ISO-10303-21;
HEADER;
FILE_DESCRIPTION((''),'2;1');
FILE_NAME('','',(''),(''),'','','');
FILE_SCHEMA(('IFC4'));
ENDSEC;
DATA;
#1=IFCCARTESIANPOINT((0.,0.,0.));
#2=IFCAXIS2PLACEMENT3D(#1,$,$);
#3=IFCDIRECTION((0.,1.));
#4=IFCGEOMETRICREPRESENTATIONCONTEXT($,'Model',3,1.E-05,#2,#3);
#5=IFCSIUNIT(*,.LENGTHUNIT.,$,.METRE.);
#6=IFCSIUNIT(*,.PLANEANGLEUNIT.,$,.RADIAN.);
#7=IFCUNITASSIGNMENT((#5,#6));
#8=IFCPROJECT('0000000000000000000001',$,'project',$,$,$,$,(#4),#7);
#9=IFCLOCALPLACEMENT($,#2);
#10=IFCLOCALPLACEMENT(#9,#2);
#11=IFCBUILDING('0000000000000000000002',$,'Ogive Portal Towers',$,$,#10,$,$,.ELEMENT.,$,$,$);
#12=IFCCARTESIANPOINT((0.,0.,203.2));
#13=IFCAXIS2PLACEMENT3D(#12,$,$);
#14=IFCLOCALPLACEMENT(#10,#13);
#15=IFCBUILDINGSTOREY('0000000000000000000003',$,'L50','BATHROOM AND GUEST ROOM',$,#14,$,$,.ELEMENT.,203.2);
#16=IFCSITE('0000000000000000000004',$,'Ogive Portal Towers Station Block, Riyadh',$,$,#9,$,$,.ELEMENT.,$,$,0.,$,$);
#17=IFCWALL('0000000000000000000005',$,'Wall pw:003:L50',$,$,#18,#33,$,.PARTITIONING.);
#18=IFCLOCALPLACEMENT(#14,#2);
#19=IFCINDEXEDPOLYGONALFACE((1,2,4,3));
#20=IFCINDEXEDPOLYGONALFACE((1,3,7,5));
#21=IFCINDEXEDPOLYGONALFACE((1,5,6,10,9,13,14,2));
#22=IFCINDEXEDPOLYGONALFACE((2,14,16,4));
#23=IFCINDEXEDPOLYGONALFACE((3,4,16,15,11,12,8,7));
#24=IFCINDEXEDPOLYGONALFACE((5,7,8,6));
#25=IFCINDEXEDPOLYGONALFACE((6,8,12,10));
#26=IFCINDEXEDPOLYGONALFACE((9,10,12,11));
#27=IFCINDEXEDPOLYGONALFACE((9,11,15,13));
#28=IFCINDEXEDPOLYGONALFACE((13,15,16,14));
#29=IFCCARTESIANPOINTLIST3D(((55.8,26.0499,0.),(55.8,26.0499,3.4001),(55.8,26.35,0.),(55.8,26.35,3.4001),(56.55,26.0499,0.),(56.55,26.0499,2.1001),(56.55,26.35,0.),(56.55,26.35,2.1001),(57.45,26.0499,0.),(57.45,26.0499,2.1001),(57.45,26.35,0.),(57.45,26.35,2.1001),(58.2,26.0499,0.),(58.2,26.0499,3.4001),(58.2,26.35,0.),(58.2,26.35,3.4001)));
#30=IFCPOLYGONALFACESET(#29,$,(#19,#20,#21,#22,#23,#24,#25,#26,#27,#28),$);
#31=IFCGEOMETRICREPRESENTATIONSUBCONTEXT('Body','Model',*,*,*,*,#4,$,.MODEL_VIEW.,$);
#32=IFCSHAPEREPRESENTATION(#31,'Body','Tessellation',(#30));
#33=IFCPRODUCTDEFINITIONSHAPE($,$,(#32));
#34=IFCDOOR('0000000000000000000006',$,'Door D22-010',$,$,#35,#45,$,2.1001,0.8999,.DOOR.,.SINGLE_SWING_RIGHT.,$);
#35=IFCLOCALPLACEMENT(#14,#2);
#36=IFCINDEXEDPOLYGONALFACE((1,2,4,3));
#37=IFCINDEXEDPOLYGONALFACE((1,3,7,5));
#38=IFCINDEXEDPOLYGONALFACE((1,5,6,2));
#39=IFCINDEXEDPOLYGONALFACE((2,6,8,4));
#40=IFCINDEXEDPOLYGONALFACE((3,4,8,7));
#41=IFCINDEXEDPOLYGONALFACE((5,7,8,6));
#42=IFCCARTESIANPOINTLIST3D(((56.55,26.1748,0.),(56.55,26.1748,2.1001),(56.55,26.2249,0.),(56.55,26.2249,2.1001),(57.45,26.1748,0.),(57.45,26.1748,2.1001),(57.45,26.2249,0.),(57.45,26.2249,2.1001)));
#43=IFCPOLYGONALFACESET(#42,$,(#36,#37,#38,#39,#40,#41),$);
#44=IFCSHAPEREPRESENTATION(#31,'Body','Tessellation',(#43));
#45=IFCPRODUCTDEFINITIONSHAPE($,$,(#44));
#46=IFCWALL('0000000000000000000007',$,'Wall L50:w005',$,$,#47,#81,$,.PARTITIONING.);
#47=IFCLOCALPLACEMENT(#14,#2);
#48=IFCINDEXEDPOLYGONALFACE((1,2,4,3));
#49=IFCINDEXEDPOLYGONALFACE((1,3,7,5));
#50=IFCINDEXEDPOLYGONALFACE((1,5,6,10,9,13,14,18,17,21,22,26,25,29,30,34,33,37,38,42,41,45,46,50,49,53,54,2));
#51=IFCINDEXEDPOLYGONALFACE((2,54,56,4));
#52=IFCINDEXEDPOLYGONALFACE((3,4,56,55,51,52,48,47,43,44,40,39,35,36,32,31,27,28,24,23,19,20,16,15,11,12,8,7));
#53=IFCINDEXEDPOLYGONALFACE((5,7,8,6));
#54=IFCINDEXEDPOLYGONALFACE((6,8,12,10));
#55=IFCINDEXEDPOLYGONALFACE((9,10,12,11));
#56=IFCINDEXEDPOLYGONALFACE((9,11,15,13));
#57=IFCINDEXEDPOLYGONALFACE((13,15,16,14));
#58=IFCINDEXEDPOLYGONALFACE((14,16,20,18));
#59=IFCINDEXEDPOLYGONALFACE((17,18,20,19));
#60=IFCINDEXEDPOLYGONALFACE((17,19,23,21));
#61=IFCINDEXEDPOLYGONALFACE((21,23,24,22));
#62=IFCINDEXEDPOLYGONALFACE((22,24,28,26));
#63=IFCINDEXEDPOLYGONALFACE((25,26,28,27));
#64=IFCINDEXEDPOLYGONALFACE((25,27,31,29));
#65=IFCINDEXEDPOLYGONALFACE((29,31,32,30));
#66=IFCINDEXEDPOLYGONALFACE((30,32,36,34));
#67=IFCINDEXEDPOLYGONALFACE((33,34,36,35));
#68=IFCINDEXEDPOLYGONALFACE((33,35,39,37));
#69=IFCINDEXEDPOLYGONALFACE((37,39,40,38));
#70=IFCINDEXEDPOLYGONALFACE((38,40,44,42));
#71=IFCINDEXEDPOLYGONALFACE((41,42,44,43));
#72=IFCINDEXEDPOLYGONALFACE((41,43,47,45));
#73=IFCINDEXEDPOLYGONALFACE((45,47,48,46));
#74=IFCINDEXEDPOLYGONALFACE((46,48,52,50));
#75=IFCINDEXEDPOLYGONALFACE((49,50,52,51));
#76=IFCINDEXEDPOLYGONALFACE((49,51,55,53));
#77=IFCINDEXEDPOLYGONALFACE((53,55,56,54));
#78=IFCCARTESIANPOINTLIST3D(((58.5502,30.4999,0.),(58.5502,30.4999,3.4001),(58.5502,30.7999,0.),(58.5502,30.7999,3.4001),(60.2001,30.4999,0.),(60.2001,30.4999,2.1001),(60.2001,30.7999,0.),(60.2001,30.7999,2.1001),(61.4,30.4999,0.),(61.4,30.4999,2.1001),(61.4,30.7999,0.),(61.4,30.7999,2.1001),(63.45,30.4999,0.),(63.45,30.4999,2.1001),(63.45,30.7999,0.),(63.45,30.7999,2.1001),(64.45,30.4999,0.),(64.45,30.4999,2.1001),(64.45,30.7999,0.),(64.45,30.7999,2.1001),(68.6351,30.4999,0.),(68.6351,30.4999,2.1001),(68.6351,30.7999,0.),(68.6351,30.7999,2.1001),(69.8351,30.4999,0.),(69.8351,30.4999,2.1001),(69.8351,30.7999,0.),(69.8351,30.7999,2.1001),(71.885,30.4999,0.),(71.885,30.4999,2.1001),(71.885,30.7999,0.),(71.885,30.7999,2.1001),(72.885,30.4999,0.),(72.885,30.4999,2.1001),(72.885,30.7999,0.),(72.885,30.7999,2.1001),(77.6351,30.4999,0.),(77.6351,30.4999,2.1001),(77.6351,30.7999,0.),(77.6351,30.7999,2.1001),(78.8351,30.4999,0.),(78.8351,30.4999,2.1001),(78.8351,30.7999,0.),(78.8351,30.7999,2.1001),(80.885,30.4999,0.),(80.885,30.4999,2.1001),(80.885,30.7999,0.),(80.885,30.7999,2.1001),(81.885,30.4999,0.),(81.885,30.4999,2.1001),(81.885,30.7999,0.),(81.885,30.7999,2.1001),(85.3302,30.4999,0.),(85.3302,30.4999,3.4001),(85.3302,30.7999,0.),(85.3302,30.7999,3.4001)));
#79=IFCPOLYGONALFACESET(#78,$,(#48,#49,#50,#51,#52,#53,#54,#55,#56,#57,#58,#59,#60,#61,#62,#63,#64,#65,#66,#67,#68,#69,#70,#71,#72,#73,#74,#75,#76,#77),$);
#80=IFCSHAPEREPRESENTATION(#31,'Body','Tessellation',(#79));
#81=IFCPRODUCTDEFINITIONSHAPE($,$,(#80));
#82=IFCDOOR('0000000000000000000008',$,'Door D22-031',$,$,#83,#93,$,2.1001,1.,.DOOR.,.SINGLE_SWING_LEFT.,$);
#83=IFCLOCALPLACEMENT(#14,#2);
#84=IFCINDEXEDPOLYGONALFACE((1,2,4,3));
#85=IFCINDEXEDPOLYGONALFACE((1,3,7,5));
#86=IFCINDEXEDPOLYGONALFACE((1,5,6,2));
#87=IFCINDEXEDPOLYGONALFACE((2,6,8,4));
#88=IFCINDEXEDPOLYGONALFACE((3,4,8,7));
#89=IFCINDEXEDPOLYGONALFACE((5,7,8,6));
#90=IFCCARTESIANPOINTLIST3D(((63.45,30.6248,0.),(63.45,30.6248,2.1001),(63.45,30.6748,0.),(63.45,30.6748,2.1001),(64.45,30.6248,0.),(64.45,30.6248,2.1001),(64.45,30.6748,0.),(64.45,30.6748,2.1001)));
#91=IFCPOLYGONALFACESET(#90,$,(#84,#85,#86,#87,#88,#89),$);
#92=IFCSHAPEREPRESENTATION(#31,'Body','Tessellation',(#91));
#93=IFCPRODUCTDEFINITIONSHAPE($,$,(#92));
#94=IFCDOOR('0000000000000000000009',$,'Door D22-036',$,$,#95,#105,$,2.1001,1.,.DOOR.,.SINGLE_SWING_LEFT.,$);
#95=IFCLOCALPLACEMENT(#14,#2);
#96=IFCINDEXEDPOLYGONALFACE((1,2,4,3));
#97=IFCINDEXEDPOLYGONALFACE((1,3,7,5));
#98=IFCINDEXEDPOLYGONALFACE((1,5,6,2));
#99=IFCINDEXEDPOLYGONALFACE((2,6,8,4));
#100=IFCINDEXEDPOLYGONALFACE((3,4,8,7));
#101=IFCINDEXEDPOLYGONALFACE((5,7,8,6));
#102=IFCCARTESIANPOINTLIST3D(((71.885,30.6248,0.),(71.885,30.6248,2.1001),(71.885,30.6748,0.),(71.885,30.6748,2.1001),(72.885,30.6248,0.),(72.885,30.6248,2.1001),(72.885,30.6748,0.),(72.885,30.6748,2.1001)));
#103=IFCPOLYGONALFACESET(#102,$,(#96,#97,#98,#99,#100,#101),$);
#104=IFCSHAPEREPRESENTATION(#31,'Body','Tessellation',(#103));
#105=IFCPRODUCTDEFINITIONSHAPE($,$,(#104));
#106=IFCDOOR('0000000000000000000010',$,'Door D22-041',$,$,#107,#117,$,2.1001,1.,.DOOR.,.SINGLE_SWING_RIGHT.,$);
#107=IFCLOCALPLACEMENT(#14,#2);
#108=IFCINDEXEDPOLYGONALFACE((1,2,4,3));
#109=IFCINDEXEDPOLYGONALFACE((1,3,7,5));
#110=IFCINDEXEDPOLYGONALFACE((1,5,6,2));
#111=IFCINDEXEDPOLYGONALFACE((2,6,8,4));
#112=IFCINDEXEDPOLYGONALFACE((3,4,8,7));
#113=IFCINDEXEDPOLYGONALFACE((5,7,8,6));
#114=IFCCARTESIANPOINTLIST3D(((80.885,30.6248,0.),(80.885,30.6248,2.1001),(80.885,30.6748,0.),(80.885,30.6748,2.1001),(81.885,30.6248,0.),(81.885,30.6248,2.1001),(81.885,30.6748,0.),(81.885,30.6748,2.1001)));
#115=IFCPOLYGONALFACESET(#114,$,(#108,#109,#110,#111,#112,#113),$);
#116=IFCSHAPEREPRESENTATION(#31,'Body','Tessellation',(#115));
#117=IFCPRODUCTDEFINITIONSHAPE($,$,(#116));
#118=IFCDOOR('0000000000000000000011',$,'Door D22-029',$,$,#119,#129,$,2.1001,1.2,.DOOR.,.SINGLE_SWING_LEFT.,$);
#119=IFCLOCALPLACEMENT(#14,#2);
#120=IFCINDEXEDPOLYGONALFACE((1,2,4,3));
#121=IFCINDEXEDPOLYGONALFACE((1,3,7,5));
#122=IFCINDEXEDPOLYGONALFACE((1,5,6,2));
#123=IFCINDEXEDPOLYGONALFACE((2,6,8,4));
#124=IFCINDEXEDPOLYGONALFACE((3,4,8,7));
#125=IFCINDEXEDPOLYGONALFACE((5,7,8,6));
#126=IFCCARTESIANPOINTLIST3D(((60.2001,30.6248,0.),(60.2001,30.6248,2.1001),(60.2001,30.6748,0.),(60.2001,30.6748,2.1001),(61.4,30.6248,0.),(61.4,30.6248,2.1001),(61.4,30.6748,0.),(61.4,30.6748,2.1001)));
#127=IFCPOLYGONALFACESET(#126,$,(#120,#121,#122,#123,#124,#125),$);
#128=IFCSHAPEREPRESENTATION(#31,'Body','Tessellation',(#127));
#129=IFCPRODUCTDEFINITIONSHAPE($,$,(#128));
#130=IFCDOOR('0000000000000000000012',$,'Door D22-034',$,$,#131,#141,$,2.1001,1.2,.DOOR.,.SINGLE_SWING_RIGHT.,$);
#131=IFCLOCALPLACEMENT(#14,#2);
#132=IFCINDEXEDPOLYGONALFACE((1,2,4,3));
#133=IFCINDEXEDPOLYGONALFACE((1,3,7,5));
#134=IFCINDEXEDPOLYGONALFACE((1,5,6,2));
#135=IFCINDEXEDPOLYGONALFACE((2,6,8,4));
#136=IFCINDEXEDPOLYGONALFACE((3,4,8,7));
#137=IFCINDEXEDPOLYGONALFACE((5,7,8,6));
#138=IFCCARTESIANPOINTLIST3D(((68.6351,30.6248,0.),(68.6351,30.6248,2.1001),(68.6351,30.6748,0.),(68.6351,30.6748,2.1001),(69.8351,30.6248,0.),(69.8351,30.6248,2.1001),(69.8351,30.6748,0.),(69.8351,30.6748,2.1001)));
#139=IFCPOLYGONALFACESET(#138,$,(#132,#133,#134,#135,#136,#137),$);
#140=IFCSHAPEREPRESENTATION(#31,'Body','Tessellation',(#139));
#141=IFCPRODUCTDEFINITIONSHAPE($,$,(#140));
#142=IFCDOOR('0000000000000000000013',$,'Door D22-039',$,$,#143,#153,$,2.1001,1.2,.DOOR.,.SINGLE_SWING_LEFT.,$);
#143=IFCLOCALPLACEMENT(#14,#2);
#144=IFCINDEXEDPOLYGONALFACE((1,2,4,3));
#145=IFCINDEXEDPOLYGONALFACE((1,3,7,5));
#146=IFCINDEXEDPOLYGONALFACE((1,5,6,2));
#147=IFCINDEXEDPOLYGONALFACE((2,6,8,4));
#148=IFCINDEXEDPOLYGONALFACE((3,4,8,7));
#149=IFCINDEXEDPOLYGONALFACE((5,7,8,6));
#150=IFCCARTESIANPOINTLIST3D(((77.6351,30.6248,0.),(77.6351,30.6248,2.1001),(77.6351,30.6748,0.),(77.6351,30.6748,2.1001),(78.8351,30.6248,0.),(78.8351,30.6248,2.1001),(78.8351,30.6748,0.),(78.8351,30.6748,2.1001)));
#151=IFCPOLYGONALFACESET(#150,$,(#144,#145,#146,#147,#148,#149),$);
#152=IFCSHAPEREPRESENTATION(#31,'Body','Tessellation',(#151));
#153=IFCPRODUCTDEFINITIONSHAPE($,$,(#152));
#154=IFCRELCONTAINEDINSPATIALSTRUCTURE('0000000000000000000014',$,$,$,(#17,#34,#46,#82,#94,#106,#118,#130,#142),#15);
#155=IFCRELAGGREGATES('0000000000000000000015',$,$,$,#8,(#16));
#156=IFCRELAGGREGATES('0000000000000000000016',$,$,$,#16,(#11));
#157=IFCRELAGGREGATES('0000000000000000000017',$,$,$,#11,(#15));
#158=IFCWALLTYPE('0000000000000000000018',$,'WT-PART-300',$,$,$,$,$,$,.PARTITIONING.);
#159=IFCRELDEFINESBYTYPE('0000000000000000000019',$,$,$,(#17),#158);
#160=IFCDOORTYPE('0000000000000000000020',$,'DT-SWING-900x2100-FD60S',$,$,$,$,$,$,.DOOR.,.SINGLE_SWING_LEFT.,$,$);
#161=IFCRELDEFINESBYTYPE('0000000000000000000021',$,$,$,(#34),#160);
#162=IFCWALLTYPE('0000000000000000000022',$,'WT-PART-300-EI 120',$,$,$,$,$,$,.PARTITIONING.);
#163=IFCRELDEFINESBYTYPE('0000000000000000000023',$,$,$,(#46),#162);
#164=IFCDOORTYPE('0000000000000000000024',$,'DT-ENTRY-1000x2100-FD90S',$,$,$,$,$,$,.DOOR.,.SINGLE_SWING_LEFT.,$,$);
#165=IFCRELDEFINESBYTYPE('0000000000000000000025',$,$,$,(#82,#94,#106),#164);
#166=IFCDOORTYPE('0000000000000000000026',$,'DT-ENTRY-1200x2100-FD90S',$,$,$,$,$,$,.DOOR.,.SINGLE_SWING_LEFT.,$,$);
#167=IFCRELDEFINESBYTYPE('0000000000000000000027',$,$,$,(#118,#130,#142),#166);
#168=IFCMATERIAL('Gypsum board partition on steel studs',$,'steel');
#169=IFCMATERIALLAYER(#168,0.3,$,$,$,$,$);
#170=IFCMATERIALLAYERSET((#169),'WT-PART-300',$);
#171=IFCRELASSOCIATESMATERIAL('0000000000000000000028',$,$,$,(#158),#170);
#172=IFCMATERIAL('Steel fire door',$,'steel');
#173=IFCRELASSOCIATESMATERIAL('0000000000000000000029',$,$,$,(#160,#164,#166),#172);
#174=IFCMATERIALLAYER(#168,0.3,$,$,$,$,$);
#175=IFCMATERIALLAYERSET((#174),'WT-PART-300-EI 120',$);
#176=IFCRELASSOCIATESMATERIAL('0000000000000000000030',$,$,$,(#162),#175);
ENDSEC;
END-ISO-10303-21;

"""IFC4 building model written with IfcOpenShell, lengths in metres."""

from ifc_helpers import new_model, si_unit, direction, frame, frame_2d, origin, place, context, subcontext, project, spatial, rectangle, extrude, material, layer, layer_set, type_object, element, fill, save


model = new_model("IFC4")

# Units and contexts
model_context = context("Model", 3, precision=1e-05, world=origin(), true_north=direction((0.0, 1.0)))
body_context = subcontext(model_context, "Body", "Model", "MODEL_VIEW")
ifc_project = project(units=[si_unit("LENGTHUNIT", "METRE"), si_unit("PLANEANGLEUNIT", "RADIAN")], contexts=[model_context])

# Site, building, storey
site_placement = place(None, origin())
site = spatial("IfcSite", under=ifc_project, at=site_placement, Name="Ogive Portal Towers Station Block, Riyadh", CompositionType="ELEMENT", RefElevation=0.0)
building_placement = place(site_placement, origin())
building = spatial("IfcBuilding", under=site, at=building_placement, Name="Ogive Portal Towers", CompositionType="ELEMENT")
storey_placement = place(building_placement, frame((0.0, 0.0, 203.2)))
storey = spatial("IfcBuildingStorey", under=building, at=storey_placement, Name="L50", Description="BATHROOM AND GUEST ROOM", CompositionType="ELEMENT", Elevation=203.2)

# Wall, opening, door
ifc_material_1 = material(Name="Gypsum board partition on steel studs", Category="steel")
ifc_layer_1 = layer(ifc_material_1, 0.3)
ifc_layer_set_1 = layer_set([ifc_layer_1], Name="WT-PART-300")
wall_type_1 = type_object("IfcWallType", Name="WT-PART-300", PredefinedType="PARTITIONING", material=ifc_layer_set_1)
wall_1_placement = place(storey_placement, frame((55.8, 26.2, 0.0), z_axis=(0.0, 0.0, 1.0), x_axis=(1.0, 0.0, 0.0)))
wall_1 = element("IfcWall", 1, at=wall_1_placement, inside=storey, type_object=wall_type_1, Name="Wall pw:003:L50", PredefinedType="PARTITIONING", context=body_context, shape_type="SweptSolid", body=[
    extrude(rectangle(XDim=2.3999, YDim=0.3, at=frame_2d((1.2, 0.0))), origin(), (0.0, 0.0, 1.0), 3.4001),
])
opening_1_placement = place(wall_1_placement, frame((0.75, 0.0, 0.0)))
opening_1 = element("IfcOpeningElement", 2, at=opening_1_placement, cuts=wall_1, PredefinedType="OPENING", context=body_context, shape_type="SweptSolid", body=[
    extrude(rectangle(XDim=0.8999, YDim=2.1001, at=frame_2d((0.45, 1.05))), frame((0.0, 0.1602, 0.0), z_axis=(0.0, -1.0, 0.0), x_axis=(1.0, 0.0, 0.0)), (0.0, 0.0, 1.0), 0.3201),
])
ifc_material_2 = material(Name="Steel fire door", Category="steel")
door_type_1 = type_object("IfcDoorType", Name="DT-SWING-900x2100-FD60S", OperationType="SINGLE_SWING_LEFT", PredefinedType="DOOR", material=ifc_material_2)
door_1_placement = place(opening_1_placement, origin())
door_1 = element("IfcDoor", 3, at=door_1_placement, inside=storey, type_object=door_type_1, Name="Door D22-010", OperationType="SINGLE_SWING_RIGHT", OverallHeight=2.1001, OverallWidth=0.8999, PredefinedType="DOOR", context=body_context, shape_type="SweptSolid", body=[
    extrude(rectangle(XDim=0.8999, YDim=2.1001, at=frame_2d((0.45, 1.05))), frame((0.0, 0.0249, 0.0), z_axis=(0.0, -1.0, 0.0), x_axis=(1.0, 0.0, 0.0)), (0.0, 0.0, 1.0), 0.05),
])
fill(opening_1, door_1)

# Wall, openings, doors
ifc_layer_2 = layer(ifc_material_1, 0.3)
ifc_layer_set_2 = layer_set([ifc_layer_2], Name="WT-PART-300-EI 120")
wall_type_2 = type_object("IfcWallType", Name="WT-PART-300-EI 120", PredefinedType="PARTITIONING", material=ifc_layer_set_2)
wall_2_placement = place(storey_placement, frame((58.55, 30.6499, 0.0), z_axis=(0.0, 0.0, 1.0), x_axis=(1.0, 0.0, 0.0)))
wall_2 = element("IfcWall", 4, at=wall_2_placement, inside=storey, type_object=wall_type_2, Name="Wall L50:w005", PredefinedType="PARTITIONING", context=body_context, shape_type="SweptSolid", body=[
    extrude(rectangle(XDim=26.78, YDim=0.3, at=frame_2d((13.3901, 0.0))), origin(), (0.0, 0.0, 1.0), 3.4001),
])
opening_2_placement = place(wall_2_placement, frame((1.6499, 0.0, 0.0)))
opening_2 = element("IfcOpeningElement", 5, at=opening_2_placement, cuts=wall_2, PredefinedType="OPENING", context=body_context, shape_type="SweptSolid", body=[
    extrude(rectangle(XDim=1.2, YDim=2.1001, at=frame_2d((0.6001, 1.05))), frame((0.0, 0.1602, 0.0), z_axis=(0.0, -1.0, 0.0), x_axis=(1.0, 0.0, 0.0)), (0.0, 0.0, 1.0), 0.3201),
])
opening_3_placement = place(wall_2_placement, frame((4.8999, 0.0, 0.0)))
opening_3 = element("IfcOpeningElement", 6, at=opening_3_placement, cuts=wall_2, PredefinedType="OPENING", context=body_context, shape_type="SweptSolid", body=[
    extrude(rectangle(XDim=1.0, YDim=2.1001, at=frame_2d((0.5, 1.05))), frame((0.0, 0.1602, 0.0), z_axis=(0.0, -1.0, 0.0), x_axis=(1.0, 0.0, 0.0)), (0.0, 0.0, 1.0), 0.3201),
])
opening_4_placement = place(wall_2_placement, frame((10.085, 0.0, 0.0)))
opening_4 = element("IfcOpeningElement", 7, at=opening_4_placement, cuts=wall_2, PredefinedType="OPENING", context=body_context, shape_type="SweptSolid", body=[
    extrude(rectangle(XDim=1.2, YDim=2.1001, at=frame_2d((0.6001, 1.05))), frame((0.0, 0.1602, 0.0), z_axis=(0.0, -1.0, 0.0), x_axis=(1.0, 0.0, 0.0)), (0.0, 0.0, 1.0), 0.3201),
])
opening_5_placement = place(wall_2_placement, frame((13.335, 0.0, 0.0)))
opening_5 = element("IfcOpeningElement", 8, at=opening_5_placement, cuts=wall_2, PredefinedType="OPENING", context=body_context, shape_type="SweptSolid", body=[
    extrude(rectangle(XDim=1.0, YDim=2.1001, at=frame_2d((0.5, 1.05))), frame((0.0, 0.1602, 0.0), z_axis=(0.0, -1.0, 0.0), x_axis=(1.0, 0.0, 0.0)), (0.0, 0.0, 1.0), 0.3201),
])
opening_6_placement = place(wall_2_placement, frame((19.085, 0.0, 0.0)))
opening_6 = element("IfcOpeningElement", 9, at=opening_6_placement, cuts=wall_2, PredefinedType="OPENING", context=body_context, shape_type="SweptSolid", body=[
    extrude(rectangle(XDim=1.2, YDim=2.1001, at=frame_2d((0.6001, 1.05))), frame((0.0, 0.1602, 0.0), z_axis=(0.0, -1.0, 0.0), x_axis=(1.0, 0.0, 0.0)), (0.0, 0.0, 1.0), 0.3201),
])
opening_7_placement = place(wall_2_placement, frame((22.335, 0.0, 0.0)))
opening_7 = element("IfcOpeningElement", 10, at=opening_7_placement, cuts=wall_2, PredefinedType="OPENING", context=body_context, shape_type="SweptSolid", body=[
    extrude(rectangle(XDim=1.0, YDim=2.1001, at=frame_2d((0.5, 1.05))), frame((0.0, 0.1602, 0.0), z_axis=(0.0, -1.0, 0.0), x_axis=(1.0, 0.0, 0.0)), (0.0, 0.0, 1.0), 0.3201),
])
door_type_2 = type_object("IfcDoorType", Name="DT-ENTRY-1000x2100-FD90S", OperationType="SINGLE_SWING_LEFT", PredefinedType="DOOR", material=ifc_material_2)
door_2_placement = place(opening_3_placement, origin())
door_2 = element("IfcDoor", 11, at=door_2_placement, inside=storey, type_object=door_type_2, Name="Door D22-031", OperationType="SINGLE_SWING_LEFT", OverallHeight=2.1001, OverallWidth=1.0, PredefinedType="DOOR", context=body_context, shape_type="SweptSolid", body=[
    extrude(rectangle(XDim=1.0, YDim=2.1001, at=frame_2d((0.5, 1.05))), frame((0.0, 0.0249, 0.0), z_axis=(0.0, -1.0, 0.0), x_axis=(1.0, 0.0, 0.0)), (0.0, 0.0, 1.0), 0.05),
])
fill(opening_3, door_2)
door_3_placement = place(opening_5_placement, origin())
door_3 = element("IfcDoor", 12, at=door_3_placement, inside=storey, type_object=door_type_2, Name="Door D22-036", OperationType="SINGLE_SWING_LEFT", OverallHeight=2.1001, OverallWidth=1.0, PredefinedType="DOOR", context=body_context, shape_type="SweptSolid", body=[
    extrude(rectangle(XDim=1.0, YDim=2.1001, at=frame_2d((0.5, 1.05))), frame((0.0, 0.0249, 0.0), z_axis=(0.0, -1.0, 0.0), x_axis=(1.0, 0.0, 0.0)), (0.0, 0.0, 1.0), 0.05),
])
fill(opening_5, door_3)
door_4_placement = place(opening_7_placement, origin())
door_4 = element("IfcDoor", 13, at=door_4_placement, inside=storey, type_object=door_type_2, Name="Door D22-041", OperationType="SINGLE_SWING_RIGHT", OverallHeight=2.1001, OverallWidth=1.0, PredefinedType="DOOR", context=body_context, shape_type="SweptSolid", body=[
    extrude(rectangle(XDim=1.0, YDim=2.1001, at=frame_2d((0.5, 1.05))), frame((0.0, 0.0249, 0.0), z_axis=(0.0, -1.0, 0.0), x_axis=(1.0, 0.0, 0.0)), (0.0, 0.0, 1.0), 0.05),
])
fill(opening_7, door_4)
door_type_3 = type_object("IfcDoorType", Name="DT-ENTRY-1200x2100-FD90S", OperationType="SINGLE_SWING_LEFT", PredefinedType="DOOR", material=ifc_material_2)
door_5_placement = place(opening_2_placement, origin())
door_5 = element("IfcDoor", 14, at=door_5_placement, inside=storey, type_object=door_type_3, Name="Door D22-029", OperationType="SINGLE_SWING_LEFT", OverallHeight=2.1001, OverallWidth=1.2, PredefinedType="DOOR", context=body_context, shape_type="SweptSolid", body=[
    extrude(rectangle(XDim=1.2, YDim=2.1001, at=frame_2d((0.6001, 1.05))), frame((0.0, 0.0249, 0.0), z_axis=(0.0, -1.0, 0.0), x_axis=(1.0, 0.0, 0.0)), (0.0, 0.0, 1.0), 0.05),
])
fill(opening_2, door_5)
door_6_placement = place(opening_4_placement, origin())
door_6 = element("IfcDoor", 15, at=door_6_placement, inside=storey, type_object=door_type_3, Name="Door D22-034", OperationType="SINGLE_SWING_RIGHT", OverallHeight=2.1001, OverallWidth=1.2, PredefinedType="DOOR", context=body_context, shape_type="SweptSolid", body=[
    extrude(rectangle(XDim=1.2, YDim=2.1001, at=frame_2d((0.6001, 1.05))), frame((0.0, 0.0249, 0.0), z_axis=(0.0, -1.0, 0.0), x_axis=(1.0, 0.0, 0.0)), (0.0, 0.0, 1.0), 0.05),
])
fill(opening_4, door_6)
door_7_placement = place(opening_6_placement, origin())
door_7 = element("IfcDoor", 16, at=door_7_placement, inside=storey, type_object=door_type_3, Name="Door D22-039", OperationType="SINGLE_SWING_LEFT", OverallHeight=2.1001, OverallWidth=1.2, PredefinedType="DOOR", context=body_context, shape_type="SweptSolid", body=[
    extrude(rectangle(XDim=1.2, YDim=2.1001, at=frame_2d((0.6001, 1.05))), frame((0.0, 0.0249, 0.0), z_axis=(0.0, -1.0, 0.0), x_axis=(1.0, 0.0, 0.0)), (0.0, 0.0, 1.0), 0.05),
])
fill(opening_6, door_7)

save(model, "model.ifc")
